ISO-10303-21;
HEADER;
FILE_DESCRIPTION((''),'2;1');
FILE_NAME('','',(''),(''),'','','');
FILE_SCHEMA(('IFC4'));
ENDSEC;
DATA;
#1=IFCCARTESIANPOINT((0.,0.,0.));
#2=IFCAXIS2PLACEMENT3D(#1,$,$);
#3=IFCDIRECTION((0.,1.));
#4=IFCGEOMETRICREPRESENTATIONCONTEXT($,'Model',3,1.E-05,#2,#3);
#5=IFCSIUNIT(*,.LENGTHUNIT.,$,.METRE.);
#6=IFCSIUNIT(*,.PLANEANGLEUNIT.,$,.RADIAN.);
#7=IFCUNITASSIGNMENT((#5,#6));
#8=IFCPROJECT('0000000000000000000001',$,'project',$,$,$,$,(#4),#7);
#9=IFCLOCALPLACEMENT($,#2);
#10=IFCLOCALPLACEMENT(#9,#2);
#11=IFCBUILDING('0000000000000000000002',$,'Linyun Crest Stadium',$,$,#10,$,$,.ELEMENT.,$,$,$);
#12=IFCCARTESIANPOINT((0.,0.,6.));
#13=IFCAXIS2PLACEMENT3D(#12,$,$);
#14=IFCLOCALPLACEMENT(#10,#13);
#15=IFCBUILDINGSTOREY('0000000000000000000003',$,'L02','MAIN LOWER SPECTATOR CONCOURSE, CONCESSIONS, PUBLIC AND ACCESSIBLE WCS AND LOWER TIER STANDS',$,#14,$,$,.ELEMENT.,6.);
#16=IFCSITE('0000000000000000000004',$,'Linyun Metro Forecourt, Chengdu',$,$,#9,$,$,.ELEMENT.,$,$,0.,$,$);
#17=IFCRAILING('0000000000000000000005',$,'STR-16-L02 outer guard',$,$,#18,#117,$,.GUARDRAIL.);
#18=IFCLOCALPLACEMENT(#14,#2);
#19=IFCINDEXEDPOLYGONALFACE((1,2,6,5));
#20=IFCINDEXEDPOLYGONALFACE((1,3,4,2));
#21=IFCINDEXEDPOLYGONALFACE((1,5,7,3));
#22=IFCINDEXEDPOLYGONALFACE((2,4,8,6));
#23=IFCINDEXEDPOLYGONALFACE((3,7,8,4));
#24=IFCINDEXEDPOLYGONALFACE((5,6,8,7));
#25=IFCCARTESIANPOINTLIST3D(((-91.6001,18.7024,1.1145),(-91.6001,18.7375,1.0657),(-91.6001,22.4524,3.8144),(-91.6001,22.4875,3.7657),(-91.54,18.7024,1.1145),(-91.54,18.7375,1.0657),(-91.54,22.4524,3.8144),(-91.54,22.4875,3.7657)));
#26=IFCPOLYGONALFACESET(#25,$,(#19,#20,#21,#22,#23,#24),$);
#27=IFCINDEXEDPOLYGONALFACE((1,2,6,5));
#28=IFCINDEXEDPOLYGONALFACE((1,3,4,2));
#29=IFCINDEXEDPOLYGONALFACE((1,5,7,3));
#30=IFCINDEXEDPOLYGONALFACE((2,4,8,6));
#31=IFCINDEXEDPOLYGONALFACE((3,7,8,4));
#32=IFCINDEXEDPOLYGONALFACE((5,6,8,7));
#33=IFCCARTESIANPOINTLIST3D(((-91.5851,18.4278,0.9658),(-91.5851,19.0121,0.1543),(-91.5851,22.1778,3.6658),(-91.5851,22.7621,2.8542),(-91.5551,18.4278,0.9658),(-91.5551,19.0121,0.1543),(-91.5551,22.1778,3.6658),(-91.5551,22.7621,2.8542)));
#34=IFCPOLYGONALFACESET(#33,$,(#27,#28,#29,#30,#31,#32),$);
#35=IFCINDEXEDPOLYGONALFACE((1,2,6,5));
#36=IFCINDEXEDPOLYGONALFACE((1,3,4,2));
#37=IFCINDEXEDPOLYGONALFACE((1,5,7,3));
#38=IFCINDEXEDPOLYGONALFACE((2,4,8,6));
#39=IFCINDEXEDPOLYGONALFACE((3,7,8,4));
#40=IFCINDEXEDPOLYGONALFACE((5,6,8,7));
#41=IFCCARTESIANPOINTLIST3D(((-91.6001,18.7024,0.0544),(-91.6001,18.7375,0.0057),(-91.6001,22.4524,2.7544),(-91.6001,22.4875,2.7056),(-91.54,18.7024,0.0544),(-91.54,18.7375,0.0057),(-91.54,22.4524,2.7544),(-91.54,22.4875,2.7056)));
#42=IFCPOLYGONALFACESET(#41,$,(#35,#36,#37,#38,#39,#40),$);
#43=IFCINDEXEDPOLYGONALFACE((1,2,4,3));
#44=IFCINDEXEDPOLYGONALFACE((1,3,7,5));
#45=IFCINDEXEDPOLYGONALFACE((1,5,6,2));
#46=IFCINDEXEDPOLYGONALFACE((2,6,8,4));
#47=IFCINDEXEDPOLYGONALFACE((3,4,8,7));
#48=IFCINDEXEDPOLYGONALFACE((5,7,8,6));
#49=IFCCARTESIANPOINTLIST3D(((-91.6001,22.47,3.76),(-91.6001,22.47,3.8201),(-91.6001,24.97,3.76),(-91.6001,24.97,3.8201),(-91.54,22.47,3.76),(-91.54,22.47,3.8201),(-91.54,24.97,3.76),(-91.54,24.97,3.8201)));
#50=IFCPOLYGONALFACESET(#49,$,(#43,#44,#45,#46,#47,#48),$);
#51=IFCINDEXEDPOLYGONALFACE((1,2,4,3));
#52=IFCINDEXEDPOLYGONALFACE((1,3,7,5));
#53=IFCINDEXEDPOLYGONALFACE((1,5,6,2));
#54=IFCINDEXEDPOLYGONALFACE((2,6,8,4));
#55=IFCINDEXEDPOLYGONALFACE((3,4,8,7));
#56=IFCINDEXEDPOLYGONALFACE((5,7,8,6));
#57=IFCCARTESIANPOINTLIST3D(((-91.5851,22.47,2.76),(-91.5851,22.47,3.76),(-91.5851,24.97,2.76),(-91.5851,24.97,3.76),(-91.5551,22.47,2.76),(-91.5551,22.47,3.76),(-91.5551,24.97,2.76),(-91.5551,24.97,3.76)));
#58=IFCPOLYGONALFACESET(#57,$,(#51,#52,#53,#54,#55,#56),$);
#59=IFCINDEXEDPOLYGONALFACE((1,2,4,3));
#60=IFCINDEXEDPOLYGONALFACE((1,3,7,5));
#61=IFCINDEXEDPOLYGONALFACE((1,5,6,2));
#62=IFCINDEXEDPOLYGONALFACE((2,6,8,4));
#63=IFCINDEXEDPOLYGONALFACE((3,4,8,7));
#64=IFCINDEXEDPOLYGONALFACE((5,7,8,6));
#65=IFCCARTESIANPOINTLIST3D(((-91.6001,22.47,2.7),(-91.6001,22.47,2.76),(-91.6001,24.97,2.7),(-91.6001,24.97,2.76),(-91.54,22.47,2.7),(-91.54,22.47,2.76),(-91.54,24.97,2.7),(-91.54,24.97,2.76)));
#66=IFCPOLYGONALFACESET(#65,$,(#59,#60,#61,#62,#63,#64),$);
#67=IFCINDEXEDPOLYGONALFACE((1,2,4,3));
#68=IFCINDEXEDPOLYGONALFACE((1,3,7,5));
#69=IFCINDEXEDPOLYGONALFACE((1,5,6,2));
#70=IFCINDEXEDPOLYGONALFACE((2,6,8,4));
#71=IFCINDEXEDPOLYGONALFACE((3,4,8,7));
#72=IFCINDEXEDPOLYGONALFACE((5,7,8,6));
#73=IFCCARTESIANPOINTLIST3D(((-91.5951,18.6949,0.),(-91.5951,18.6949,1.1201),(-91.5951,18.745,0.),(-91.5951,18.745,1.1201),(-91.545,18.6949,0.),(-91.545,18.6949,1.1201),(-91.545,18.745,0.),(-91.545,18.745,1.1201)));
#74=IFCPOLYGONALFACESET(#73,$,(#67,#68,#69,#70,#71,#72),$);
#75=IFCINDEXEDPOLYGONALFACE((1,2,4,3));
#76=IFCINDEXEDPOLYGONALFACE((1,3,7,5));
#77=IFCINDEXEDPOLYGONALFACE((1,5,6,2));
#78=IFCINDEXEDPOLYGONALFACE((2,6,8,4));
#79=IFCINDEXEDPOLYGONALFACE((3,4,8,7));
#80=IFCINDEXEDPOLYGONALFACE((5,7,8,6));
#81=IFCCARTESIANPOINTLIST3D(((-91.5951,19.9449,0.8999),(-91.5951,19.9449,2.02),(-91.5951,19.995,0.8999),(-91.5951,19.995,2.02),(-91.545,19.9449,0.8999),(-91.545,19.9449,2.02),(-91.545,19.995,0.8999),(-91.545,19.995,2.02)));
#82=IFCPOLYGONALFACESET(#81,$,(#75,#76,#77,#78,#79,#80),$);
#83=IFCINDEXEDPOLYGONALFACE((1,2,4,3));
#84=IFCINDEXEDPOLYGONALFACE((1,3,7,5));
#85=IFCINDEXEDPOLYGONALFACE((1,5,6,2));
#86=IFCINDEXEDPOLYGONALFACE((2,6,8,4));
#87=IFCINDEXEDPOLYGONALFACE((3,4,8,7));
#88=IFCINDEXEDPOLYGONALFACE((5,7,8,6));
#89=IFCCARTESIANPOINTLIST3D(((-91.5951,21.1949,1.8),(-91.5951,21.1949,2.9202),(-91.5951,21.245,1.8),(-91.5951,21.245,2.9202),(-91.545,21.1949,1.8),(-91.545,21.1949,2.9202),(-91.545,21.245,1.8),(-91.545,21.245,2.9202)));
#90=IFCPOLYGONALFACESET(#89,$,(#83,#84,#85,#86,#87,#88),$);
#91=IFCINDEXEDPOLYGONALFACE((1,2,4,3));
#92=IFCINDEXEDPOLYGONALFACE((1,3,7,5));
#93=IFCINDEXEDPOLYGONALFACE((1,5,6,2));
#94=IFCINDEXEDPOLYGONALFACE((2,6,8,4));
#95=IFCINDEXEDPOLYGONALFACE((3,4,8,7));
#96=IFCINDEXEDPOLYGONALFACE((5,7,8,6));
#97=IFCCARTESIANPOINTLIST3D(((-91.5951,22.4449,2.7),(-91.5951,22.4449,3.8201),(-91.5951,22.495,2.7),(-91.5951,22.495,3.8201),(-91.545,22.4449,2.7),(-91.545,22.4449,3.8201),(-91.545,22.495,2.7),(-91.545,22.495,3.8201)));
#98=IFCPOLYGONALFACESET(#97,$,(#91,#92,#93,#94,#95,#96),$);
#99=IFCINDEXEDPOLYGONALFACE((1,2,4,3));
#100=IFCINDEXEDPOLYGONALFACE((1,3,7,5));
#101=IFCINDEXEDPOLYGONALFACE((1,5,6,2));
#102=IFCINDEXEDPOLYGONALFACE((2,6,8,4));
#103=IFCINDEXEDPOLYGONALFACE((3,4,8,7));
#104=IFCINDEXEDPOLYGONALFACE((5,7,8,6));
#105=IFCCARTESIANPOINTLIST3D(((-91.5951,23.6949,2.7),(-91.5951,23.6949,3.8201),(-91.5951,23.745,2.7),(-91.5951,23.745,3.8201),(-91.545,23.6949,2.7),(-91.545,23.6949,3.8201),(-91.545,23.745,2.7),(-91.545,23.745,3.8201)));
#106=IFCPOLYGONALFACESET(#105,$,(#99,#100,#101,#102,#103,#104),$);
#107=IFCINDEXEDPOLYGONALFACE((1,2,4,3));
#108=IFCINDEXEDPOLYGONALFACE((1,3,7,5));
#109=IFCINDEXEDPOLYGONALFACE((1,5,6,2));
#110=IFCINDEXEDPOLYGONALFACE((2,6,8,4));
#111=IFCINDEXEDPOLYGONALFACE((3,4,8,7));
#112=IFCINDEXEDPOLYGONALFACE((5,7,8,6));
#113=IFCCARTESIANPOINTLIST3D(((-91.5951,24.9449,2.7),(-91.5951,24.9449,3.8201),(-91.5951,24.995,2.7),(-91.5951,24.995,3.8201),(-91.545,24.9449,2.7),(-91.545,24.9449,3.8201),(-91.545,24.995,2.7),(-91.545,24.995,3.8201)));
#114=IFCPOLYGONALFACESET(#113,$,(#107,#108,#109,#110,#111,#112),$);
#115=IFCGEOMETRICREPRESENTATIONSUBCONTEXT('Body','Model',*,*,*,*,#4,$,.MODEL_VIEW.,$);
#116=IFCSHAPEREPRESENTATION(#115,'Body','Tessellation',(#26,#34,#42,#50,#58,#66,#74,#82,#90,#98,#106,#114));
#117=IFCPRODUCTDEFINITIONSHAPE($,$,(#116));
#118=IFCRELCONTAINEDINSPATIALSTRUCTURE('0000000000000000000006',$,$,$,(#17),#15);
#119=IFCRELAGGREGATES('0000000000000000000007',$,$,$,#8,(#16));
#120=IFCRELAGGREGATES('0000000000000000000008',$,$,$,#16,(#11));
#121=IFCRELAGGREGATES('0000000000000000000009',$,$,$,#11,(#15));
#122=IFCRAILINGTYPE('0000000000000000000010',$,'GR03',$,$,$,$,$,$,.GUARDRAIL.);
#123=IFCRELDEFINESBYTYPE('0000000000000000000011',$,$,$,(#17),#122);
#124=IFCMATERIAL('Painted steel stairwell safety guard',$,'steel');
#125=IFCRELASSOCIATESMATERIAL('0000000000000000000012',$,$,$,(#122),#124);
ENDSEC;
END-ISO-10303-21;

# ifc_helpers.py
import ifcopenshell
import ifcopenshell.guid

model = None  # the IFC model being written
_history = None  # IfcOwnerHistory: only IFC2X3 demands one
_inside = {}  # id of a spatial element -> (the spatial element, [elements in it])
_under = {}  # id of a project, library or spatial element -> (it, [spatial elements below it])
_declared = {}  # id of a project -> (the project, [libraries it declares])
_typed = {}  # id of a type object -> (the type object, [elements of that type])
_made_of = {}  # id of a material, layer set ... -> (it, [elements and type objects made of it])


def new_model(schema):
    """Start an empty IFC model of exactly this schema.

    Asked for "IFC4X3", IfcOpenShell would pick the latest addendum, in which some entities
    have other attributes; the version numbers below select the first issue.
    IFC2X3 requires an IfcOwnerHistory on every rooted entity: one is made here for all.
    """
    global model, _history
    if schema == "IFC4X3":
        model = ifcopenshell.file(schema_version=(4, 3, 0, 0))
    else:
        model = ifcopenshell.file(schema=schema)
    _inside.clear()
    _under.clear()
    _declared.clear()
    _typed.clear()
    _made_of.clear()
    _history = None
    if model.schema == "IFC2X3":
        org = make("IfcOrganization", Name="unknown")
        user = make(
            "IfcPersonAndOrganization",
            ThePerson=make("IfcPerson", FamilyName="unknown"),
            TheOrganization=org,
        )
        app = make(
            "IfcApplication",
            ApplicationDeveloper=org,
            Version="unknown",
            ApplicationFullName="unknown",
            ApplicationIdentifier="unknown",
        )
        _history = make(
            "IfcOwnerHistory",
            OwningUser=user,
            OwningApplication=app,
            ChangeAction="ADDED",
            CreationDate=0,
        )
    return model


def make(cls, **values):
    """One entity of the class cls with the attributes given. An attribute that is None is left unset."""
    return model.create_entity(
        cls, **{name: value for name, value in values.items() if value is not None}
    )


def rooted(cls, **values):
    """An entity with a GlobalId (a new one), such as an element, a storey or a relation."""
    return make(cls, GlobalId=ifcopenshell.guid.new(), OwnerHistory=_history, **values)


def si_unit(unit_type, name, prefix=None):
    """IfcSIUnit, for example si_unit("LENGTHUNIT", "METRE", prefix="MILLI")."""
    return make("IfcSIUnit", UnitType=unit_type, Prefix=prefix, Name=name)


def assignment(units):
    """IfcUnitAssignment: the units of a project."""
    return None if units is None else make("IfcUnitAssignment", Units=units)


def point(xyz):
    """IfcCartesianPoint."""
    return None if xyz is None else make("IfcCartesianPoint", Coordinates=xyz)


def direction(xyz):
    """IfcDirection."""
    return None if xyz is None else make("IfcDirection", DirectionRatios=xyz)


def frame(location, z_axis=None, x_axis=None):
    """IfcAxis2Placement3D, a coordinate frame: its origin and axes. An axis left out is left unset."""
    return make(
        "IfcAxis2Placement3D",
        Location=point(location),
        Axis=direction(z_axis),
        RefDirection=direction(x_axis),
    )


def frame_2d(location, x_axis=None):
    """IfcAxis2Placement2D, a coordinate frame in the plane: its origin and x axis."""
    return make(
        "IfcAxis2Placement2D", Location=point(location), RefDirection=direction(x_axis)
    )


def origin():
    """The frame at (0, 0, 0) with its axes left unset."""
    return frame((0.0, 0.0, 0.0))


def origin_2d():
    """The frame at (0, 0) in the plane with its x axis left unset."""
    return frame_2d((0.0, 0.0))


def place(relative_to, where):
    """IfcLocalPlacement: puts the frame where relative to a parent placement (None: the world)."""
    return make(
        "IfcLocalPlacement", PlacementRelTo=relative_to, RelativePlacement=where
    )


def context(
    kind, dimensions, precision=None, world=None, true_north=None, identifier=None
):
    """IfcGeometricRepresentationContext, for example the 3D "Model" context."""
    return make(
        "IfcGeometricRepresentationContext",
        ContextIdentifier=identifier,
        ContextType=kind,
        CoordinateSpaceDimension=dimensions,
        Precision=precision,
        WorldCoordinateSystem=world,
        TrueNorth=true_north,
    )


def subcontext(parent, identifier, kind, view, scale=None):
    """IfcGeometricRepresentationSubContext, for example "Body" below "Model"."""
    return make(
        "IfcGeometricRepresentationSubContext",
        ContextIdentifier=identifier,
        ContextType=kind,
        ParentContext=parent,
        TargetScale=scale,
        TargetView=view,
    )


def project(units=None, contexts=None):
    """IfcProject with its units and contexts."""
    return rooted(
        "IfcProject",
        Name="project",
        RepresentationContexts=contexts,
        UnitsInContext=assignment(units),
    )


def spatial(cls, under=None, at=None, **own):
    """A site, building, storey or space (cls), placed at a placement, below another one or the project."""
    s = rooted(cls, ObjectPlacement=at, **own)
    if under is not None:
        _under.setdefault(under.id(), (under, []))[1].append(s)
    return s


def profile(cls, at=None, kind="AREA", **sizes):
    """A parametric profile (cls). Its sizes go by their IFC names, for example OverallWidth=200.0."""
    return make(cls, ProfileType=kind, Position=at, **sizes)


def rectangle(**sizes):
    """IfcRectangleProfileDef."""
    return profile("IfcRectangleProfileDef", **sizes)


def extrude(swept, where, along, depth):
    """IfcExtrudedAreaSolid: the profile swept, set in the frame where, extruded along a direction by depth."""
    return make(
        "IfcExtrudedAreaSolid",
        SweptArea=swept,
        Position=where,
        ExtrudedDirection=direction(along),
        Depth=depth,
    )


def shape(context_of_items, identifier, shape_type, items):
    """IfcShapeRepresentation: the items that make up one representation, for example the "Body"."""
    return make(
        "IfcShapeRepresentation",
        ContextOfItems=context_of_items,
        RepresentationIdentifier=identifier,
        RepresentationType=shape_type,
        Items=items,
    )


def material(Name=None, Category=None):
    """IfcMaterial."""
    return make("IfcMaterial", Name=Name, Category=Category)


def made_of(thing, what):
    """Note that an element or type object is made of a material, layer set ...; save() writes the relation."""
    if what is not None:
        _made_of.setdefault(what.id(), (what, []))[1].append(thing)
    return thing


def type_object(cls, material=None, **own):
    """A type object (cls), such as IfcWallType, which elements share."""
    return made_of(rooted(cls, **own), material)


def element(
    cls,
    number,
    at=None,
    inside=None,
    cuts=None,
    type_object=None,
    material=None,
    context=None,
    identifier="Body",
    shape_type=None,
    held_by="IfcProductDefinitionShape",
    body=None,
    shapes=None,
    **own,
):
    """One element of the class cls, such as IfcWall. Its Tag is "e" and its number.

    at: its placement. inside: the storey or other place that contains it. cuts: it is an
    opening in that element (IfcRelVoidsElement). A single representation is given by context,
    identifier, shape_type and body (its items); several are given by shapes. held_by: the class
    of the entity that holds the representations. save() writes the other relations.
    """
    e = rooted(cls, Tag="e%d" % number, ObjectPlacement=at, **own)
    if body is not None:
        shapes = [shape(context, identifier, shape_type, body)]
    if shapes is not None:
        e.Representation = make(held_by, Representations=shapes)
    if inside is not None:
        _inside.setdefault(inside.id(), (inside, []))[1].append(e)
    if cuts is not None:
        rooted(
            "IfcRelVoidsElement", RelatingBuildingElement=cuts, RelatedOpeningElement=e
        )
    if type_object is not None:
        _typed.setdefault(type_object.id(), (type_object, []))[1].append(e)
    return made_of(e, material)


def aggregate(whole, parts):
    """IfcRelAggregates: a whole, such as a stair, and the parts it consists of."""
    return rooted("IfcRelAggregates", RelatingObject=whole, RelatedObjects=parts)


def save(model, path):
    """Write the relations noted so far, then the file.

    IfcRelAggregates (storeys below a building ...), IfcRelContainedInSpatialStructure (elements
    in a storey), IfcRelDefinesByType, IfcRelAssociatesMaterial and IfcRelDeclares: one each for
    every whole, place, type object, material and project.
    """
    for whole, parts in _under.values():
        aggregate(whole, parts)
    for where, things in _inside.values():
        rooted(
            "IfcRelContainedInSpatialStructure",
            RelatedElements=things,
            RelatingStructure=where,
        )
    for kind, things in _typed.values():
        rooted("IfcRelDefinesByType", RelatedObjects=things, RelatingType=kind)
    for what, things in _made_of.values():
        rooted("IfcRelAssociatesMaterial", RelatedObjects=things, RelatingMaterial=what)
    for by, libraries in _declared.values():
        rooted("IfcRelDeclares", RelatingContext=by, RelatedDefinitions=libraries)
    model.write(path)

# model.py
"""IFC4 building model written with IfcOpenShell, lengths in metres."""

from ifc_helpers import new_model, si_unit, direction, frame, origin, origin_2d, place, context, subcontext, project, spatial, rectangle, extrude, material, type_object, element, save


model = new_model("IFC4")

# Units and contexts
model_context = context("Model", 3, precision=1e-05, world=origin(), true_north=direction((0.0, 1.0)))
body_context = subcontext(model_context, "Body", "Model", "MODEL_VIEW")
ifc_project = project(units=[si_unit("LENGTHUNIT", "METRE"), si_unit("PLANEANGLEUNIT", "RADIAN")], contexts=[model_context])

# Site, building, storey
site_placement = place(None, origin())
site = spatial("IfcSite", under=ifc_project, at=site_placement, Name="Linyun Metro Forecourt, Chengdu", CompositionType="ELEMENT", RefElevation=0.0)
building_placement = place(site_placement, origin())
building = spatial("IfcBuilding", under=site, at=building_placement, Name="Linyun Crest Stadium", CompositionType="ELEMENT")
storey_placement = place(building_placement, frame((0.0, 0.0, 6.0)))
storey = spatial("IfcBuildingStorey", under=building, at=storey_placement, Name="L02", Description="MAIN LOWER SPECTATOR CONCOURSE, CONCESSIONS, PUBLIC AND ACCESSIBLE WCS AND LOWER TIER STANDS", CompositionType="ELEMENT", Elevation=6.0)

# Railing
ifc_material_1 = material(Name="Painted steel stairwell safety guard", Category="steel")
railing_type_1 = type_object("IfcRailingType", Name="GR03", PredefinedType="GUARDRAIL", material=ifc_material_1)
railing_1_placement = place(storey_placement, frame((-91.5701, 18.72, 0.0)))
element("IfcRailing", 1, at=railing_1_placement, inside=storey, type_object=railing_type_1, Name="STR-16-L02 outer guard", PredefinedType="GUARDRAIL", context=body_context, shape_type="SweptSolid", body=[
    extrude(rectangle(XDim=0.0601, YDim=0.0601, at=origin_2d()), frame((0.0, 0.0, 1.0901), z_axis=(0.0, 0.811539, 0.584298), x_axis=(-1.0, 0.0, 0.0)), (0.0, 0.0, 1.0), 4.6208),
    extrude(rectangle(XDim=0.03, YDim=1.0, at=origin_2d()), frame((0.0, 0.0, 0.5601), z_axis=(0.0, 0.811539, 0.584298), x_axis=(-1.0, 0.0, 0.0)), (0.0, 0.0, 1.0), 4.6208),
    extrude(rectangle(XDim=0.0601, YDim=0.0601, at=origin_2d()), frame((0.0, 0.0, 0.03), z_axis=(0.0, 0.811539, 0.584298), x_axis=(-1.0, 0.0, 0.0)), (0.0, 0.0, 1.0), 4.6208),
    extrude(rectangle(XDim=0.0601, YDim=0.0601, at=origin_2d()), frame((0.0, 3.75, 3.79), z_axis=(0.0, 1.0, 0.0), x_axis=(-1.0, 0.0, 0.0)), (0.0, 0.0, 1.0), 2.5),
    extrude(rectangle(XDim=0.03, YDim=1.0, at=origin_2d()), frame((0.0, 3.75, 3.26), z_axis=(0.0, 1.0, 0.0), x_axis=(-1.0, 0.0, 0.0)), (0.0, 0.0, 1.0), 2.5),
    extrude(rectangle(XDim=0.0601, YDim=0.0601, at=origin_2d()), frame((0.0, 3.75, 2.73), z_axis=(0.0, 1.0, 0.0), x_axis=(-1.0, 0.0, 0.0)), (0.0, 0.0, 1.0), 2.5),
    extrude(rectangle(XDim=0.05, YDim=0.05, at=origin_2d()), origin(), (0.0, 0.0, 1.0), 1.1201),
    extrude(rectangle(XDim=0.05, YDim=0.05, at=origin_2d()), frame((0.0, 1.25, 0.8999)), (0.0, 0.0, 1.0), 1.1201),
    extrude(rectangle(XDim=0.05, YDim=0.05, at=origin_2d()), frame((0.0, 2.5, 1.8)), (0.0, 0.0, 1.0), 1.1201),
    extrude(rectangle(XDim=0.05, YDim=0.05, at=origin_2d()), frame((0.0, 3.75, 2.7)), (0.0, 0.0, 1.0), 1.1201),
    extrude(rectangle(XDim=0.05, YDim=0.05, at=origin_2d()), frame((0.0, 5.0, 2.7)), (0.0, 0.0, 1.0), 1.1201),
    extrude(rectangle(XDim=0.05, YDim=0.05, at=origin_2d()), frame((0.0, 6.25, 2.7)), (0.0, 0.0, 1.0), 1.1201),
])

save(model, "model.ifc")
